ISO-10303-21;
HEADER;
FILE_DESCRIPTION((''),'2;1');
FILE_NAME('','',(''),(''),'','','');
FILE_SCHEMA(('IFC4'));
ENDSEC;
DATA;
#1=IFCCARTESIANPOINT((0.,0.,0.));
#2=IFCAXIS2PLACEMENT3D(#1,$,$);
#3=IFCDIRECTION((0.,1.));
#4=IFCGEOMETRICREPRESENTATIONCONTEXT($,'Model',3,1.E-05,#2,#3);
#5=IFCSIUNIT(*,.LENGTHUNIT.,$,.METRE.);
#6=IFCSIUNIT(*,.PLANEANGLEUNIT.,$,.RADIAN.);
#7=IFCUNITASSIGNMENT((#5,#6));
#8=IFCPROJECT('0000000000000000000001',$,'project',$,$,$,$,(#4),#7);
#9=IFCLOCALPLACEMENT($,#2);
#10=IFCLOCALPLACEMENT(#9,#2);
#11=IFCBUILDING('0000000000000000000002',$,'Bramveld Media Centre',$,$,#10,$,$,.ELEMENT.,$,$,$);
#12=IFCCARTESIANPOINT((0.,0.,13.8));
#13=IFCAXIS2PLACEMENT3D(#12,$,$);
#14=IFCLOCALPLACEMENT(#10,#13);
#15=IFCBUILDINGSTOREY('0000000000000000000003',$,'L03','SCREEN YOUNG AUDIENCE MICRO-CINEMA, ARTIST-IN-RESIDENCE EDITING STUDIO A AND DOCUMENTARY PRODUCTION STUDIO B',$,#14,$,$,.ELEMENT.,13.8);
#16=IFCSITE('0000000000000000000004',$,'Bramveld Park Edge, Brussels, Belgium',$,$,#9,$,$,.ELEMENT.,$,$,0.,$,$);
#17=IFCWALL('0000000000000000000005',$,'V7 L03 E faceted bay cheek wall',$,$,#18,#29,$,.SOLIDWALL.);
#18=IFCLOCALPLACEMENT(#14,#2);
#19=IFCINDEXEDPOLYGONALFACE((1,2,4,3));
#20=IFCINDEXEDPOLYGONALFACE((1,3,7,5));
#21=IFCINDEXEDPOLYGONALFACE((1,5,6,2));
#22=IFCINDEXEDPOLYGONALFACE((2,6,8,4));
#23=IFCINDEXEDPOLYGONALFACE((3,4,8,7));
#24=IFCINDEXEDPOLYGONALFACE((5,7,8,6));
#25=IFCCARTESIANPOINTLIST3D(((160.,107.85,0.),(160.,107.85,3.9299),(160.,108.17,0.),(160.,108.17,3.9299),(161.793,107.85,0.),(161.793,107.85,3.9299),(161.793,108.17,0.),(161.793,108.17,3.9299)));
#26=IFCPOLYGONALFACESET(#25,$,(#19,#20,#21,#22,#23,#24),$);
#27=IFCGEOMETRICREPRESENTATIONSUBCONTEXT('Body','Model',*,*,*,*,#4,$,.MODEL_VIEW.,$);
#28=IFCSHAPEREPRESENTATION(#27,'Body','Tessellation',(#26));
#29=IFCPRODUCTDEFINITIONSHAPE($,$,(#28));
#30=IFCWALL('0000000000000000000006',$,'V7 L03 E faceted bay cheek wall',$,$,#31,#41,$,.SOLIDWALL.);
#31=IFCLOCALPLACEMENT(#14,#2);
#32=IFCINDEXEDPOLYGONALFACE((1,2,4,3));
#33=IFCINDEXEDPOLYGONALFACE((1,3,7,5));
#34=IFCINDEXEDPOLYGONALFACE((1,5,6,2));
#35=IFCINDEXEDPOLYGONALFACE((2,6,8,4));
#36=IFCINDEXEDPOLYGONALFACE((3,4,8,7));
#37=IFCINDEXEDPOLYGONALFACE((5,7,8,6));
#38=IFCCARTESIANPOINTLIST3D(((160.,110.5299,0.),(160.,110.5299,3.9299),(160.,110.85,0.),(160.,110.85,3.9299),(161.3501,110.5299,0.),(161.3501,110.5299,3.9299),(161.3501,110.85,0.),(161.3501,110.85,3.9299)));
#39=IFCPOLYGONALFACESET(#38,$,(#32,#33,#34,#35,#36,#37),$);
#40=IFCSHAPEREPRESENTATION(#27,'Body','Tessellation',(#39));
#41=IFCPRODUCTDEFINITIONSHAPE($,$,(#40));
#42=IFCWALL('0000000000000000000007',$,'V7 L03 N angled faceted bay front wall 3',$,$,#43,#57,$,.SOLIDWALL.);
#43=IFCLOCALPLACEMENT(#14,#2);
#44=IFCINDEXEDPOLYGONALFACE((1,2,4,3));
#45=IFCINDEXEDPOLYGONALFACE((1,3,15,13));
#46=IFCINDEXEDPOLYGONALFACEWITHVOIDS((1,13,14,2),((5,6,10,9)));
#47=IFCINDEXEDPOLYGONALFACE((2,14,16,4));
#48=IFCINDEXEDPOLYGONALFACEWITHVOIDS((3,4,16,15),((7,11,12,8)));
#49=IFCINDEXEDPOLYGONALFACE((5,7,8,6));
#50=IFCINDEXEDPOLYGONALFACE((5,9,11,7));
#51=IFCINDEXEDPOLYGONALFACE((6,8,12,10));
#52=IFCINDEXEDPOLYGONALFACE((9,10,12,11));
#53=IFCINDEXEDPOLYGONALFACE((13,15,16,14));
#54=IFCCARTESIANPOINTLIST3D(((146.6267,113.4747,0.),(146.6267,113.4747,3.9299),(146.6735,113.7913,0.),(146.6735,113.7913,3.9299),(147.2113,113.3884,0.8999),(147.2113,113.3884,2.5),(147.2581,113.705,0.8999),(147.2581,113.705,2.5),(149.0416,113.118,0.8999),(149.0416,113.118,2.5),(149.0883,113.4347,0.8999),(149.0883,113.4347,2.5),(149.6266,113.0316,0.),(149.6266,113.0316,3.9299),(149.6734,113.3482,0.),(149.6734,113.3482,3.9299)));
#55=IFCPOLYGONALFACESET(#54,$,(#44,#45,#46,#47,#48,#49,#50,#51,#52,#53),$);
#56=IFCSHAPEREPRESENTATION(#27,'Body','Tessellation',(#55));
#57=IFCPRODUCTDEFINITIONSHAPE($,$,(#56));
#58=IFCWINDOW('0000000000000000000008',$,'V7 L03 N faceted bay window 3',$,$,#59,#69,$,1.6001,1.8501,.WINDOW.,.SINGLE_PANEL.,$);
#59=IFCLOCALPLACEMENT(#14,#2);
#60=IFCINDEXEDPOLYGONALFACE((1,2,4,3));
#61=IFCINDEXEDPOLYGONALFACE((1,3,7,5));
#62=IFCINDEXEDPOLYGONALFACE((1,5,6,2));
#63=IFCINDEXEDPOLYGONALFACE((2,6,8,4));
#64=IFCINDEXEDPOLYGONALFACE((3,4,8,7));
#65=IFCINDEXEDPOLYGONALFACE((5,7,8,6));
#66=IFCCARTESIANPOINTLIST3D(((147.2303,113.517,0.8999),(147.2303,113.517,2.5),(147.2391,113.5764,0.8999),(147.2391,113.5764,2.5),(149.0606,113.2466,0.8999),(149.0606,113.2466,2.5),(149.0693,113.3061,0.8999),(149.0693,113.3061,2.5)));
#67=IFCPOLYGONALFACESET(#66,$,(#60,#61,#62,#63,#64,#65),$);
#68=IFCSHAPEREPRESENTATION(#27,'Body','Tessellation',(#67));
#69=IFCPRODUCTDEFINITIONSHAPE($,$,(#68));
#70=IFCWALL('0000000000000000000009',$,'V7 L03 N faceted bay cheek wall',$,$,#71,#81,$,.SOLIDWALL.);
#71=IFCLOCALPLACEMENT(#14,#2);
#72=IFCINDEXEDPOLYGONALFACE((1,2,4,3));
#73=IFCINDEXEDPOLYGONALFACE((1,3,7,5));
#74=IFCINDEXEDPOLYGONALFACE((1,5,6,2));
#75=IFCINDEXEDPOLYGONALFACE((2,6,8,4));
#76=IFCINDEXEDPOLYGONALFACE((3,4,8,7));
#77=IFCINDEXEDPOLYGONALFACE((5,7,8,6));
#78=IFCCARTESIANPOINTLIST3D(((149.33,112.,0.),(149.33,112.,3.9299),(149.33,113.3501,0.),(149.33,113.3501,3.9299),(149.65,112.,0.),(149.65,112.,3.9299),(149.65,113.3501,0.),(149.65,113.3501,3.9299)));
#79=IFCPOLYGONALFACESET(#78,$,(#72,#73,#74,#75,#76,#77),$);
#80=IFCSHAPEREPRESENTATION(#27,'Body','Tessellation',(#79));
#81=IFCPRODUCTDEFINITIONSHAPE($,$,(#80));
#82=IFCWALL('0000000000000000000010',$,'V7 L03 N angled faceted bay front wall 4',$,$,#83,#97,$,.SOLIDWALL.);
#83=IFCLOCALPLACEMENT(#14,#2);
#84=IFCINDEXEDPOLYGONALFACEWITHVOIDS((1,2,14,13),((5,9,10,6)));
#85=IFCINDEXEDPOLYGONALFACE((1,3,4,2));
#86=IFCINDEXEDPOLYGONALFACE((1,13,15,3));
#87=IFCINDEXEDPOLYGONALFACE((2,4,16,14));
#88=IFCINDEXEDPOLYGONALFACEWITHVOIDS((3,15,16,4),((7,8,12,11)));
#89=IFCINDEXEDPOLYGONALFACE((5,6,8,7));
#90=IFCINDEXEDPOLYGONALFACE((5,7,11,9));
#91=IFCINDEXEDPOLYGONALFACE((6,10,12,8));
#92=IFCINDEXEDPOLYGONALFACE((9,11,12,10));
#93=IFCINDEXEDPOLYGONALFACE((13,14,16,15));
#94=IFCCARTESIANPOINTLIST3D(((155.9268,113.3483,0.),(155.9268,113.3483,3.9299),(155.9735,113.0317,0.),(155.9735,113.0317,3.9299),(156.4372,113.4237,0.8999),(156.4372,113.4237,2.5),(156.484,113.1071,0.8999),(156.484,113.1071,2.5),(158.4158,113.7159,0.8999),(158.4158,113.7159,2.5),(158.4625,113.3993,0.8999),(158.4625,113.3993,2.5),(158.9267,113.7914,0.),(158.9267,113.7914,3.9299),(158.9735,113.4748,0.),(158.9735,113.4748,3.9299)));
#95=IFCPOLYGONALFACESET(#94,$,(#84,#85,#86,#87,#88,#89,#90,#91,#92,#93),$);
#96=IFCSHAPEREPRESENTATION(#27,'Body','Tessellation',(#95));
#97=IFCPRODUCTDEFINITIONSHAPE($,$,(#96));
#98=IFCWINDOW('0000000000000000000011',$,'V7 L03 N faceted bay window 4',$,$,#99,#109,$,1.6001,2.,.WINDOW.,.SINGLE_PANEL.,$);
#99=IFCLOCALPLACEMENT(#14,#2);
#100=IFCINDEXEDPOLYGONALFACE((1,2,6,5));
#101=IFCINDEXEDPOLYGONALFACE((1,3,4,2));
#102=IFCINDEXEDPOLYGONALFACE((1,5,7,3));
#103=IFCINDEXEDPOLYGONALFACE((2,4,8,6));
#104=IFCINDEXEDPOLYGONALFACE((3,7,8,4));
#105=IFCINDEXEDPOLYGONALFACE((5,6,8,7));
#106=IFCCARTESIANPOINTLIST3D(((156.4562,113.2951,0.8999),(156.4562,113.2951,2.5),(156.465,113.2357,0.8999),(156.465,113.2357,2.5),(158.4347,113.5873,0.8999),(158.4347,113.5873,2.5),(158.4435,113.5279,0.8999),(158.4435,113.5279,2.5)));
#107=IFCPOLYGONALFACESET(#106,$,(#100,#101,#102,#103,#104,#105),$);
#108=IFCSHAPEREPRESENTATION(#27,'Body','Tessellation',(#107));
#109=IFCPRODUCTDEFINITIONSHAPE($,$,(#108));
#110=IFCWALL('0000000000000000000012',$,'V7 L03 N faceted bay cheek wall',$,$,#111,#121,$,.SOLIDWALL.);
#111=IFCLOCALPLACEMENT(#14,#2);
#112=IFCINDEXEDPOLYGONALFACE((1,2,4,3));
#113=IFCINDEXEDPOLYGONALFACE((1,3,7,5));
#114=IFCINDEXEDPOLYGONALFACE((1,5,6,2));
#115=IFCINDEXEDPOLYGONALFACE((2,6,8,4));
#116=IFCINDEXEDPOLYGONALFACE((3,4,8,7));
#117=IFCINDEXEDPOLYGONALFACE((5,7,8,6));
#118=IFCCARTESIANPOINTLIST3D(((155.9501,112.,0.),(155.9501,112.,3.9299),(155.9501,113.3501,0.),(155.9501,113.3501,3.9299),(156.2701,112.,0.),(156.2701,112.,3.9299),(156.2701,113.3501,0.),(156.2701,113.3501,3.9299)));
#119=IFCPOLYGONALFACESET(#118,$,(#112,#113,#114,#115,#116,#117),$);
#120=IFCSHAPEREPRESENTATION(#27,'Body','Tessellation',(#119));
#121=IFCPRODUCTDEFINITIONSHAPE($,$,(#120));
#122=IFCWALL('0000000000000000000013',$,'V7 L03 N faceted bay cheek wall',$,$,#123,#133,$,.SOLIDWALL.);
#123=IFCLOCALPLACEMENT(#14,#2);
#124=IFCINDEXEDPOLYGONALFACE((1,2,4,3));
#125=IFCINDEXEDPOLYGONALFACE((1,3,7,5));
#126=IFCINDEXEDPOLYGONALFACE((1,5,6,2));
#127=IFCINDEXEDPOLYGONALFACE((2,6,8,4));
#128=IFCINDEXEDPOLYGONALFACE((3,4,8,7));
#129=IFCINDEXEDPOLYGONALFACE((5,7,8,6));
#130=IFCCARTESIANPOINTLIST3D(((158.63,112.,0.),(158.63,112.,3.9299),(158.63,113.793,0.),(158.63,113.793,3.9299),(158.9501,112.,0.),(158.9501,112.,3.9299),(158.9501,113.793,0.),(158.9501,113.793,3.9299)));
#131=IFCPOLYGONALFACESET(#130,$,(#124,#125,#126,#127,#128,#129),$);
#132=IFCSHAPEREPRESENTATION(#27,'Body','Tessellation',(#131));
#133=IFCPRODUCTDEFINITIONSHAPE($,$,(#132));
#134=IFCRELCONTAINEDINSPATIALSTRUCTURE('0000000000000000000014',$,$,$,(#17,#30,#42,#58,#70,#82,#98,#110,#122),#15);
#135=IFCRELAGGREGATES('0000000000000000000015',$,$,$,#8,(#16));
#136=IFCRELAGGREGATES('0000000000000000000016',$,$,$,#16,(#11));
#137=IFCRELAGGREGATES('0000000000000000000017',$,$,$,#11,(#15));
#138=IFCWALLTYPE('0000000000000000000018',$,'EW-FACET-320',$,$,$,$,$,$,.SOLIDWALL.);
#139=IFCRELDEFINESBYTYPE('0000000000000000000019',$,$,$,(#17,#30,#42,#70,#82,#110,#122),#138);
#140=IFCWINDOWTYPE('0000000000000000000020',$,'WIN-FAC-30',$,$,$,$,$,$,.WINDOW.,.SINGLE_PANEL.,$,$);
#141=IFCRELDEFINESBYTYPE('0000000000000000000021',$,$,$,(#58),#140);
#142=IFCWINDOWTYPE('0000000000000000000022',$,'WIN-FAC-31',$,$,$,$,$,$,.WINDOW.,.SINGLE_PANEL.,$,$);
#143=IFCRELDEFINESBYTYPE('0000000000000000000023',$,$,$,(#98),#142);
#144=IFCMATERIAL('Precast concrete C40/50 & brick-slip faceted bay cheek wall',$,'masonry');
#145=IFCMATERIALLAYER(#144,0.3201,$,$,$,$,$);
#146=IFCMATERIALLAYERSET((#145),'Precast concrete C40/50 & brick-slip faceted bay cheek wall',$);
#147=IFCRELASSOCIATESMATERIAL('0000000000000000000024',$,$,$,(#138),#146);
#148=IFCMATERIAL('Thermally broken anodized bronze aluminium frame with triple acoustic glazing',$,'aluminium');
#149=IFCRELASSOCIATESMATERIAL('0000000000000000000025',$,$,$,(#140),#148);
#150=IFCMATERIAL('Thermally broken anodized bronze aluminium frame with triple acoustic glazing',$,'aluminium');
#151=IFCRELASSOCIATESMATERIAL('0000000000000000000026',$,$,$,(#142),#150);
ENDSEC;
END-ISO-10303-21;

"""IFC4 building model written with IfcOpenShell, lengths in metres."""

from ifc_helpers import new_model, si_unit, direction, frame, frame_2d, origin, place, context, subcontext, project, spatial, rectangle, extrude, material, layer, layer_set, type_object, element, fill, save


model = new_model("IFC4")

# Units and contexts
model_context = context("Model", 3, precision=1e-05, world=origin(), true_north=direction((0.0, 1.0)))
body_context = subcontext(model_context, "Body", "Model", "MODEL_VIEW")
ifc_project = project(units=[si_unit("LENGTHUNIT", "METRE"), si_unit("PLANEANGLEUNIT", "RADIAN")], contexts=[model_context])

# Site, building, storey
site_placement = place(None, origin())
site = spatial("IfcSite", under=ifc_project, at=site_placement, Name="Bramveld Park Edge, Brussels, Belgium", CompositionType="ELEMENT", RefElevation=0.0)
building_placement = place(site_placement, origin())
building = spatial("IfcBuilding", under=site, at=building_placement, Name="Bramveld Media Centre", CompositionType="ELEMENT")
storey_placement = place(building_placement, frame((0.0, 0.0, 13.8)))
storey = spatial("IfcBuildingStorey", under=building, at=storey_placement, Name="L03", Description="SCREEN YOUNG AUDIENCE MICRO-CINEMA, ARTIST-IN-RESIDENCE EDITING STUDIO A AND DOCUMENTARY PRODUCTION STUDIO B", CompositionType="ELEMENT", Elevation=13.8)

# Shared definitions
ifc_material_1 = material(Name="Precast concrete C40/50 & brick-slip faceted bay cheek wall", Category="masonry")
ifc_layer_1 = layer(ifc_material_1, 0.3201)
ifc_layer_set_1 = layer_set([ifc_layer_1], Name="Precast concrete C40/50 & brick-slip faceted bay cheek wall")
wall_type_1 = type_object("IfcWallType", Name="EW-FACET-320", PredefinedType="SOLIDWALL", material=ifc_layer_set_1)

# Walls
wall_1_placement = place(storey_placement, frame((160.0, 108.01, 0.0), z_axis=(0.0, 0.0, 1.0), x_axis=(1.0, 0.0, 0.0)))
element("IfcWall", 1, at=wall_1_placement, inside=storey, type_object=wall_type_1, Name="V7 L03 E faceted bay cheek wall", PredefinedType="SOLIDWALL", context=body_context, shape_type="SweptSolid", body=[
    extrude(rectangle(XDim=1.793, YDim=0.3201, at=frame_2d((0.8965, 0.0))), origin(), (0.0, 0.0, 1.0), 3.9299),
])
wall_2_placement = place(storey_placement, frame((160.0, 110.6899, 0.0), z_axis=(0.0, 0.0, 1.0), x_axis=(1.0, 0.0, 0.0)))
element("IfcWall", 2, at=wall_2_placement, inside=storey, type_object=wall_type_1, Name="V7 L03 E faceted bay cheek wall", PredefinedType="SOLIDWALL", context=body_context, shape_type="SweptSolid", body=[
    extrude(rectangle(XDim=1.3501, YDim=0.3201, at=frame_2d((0.675, 0.0))), origin(), (0.0, 0.0, 1.0), 3.9299),
])

# Wall, opening, window
wall_3_placement = place(storey_placement, frame((149.6499, 113.1899, 0.0), z_axis=(0.0, 0.0, 1.0), x_axis=(-0.989267, 0.14612, 0.0)))
wall_3 = element("IfcWall", 3, at=wall_3_placement, inside=storey, type_object=wall_type_1, Name="V7 L03 N angled faceted bay front wall 3", PredefinedType="SOLIDWALL", context=body_context, shape_type="SweptSolid", body=[
    extrude(rectangle(XDim=3.0325, YDim=0.3201, at=frame_2d((1.5161, 0.0))), origin(), (0.0, 0.0, 1.0), 3.9299),
])
opening_1_placement = place(wall_3_placement, frame((0.5913, 0.0, 0.8999)))
opening_1 = element("IfcOpeningElement", 4, at=opening_1_placement, cuts=wall_3, PredefinedType="OPENING", context=body_context, shape_type="SweptSolid", body=[
    extrude(rectangle(XDim=1.8501, YDim=1.6001, at=frame_2d((0.925, 0.8))), frame((0.0, 0.1719, 0.0), z_axis=(0.0, -1.0, 0.0), x_axis=(1.0, 0.0, 0.0)), (0.0, 0.0, 1.0), 0.344),
])
ifc_material_2 = material(Name="Thermally broken anodized bronze aluminium frame with triple acoustic glazing", Category="aluminium")
window_type_1 = type_object("IfcWindowType", Name="WIN-FAC-30", PartitioningType="SINGLE_PANEL", PredefinedType="WINDOW", material=ifc_material_2)
window_1_placement = place(opening_1_placement, origin())
window_1 = element("IfcWindow", 5, at=window_1_placement, inside=storey, type_object=window_type_1, Name="V7 L03 N faceted bay window 3", OverallHeight=1.6001, OverallWidth=1.8501, PartitioningType="SINGLE_PANEL", PredefinedType="WINDOW", context=body_context, shape_type="SweptSolid", body=[
    extrude(rectangle(XDim=1.8501, YDim=1.6001, at=frame_2d((0.925, 0.8))), frame((0.0, 0.03, 0.0), z_axis=(0.0, -1.0, 0.0), x_axis=(1.0, 0.0, 0.0)), (0.0, 0.0, 1.0), 0.0601),
])
fill(opening_1, window_1)

# Wall
wall_4_placement = place(storey_placement, frame((149.49, 112.0, 0.0), z_axis=(0.0, 0.0, 1.0), x_axis=(0.0, 1.0, 0.0)))
element("IfcWall", 6, at=wall_4_placement, inside=storey, type_object=wall_type_1, Name="V7 L03 N faceted bay cheek wall", PredefinedType="SOLIDWALL", context=body_context, shape_type="SweptSolid", body=[
    extrude(rectangle(XDim=1.3501, YDim=0.3201, at=frame_2d((0.675, 0.0))), origin(), (0.0, 0.0, 1.0), 3.9299),
])

# Wall, opening, window
wall_5_placement = place(storey_placement, frame((158.95, 113.6331, 0.0), z_axis=(0.0, 0.0, 1.0), x_axis=(-0.989267, -0.14612, 0.0)))
wall_5 = element("IfcWall", 7, at=wall_5_placement, inside=storey, type_object=wall_type_1, Name="V7 L03 N angled faceted bay front wall 4", PredefinedType="SOLIDWALL", context=body_context, shape_type="SweptSolid", body=[
    extrude(rectangle(XDim=3.0325, YDim=0.3201, at=frame_2d((1.5161, 0.0))), origin(), (0.0, 0.0, 1.0), 3.9299),
])
opening_2_placement = place(wall_5_placement, frame((0.5164, 0.0, 0.8999)))
opening_2 = element("IfcOpeningElement", 8, at=opening_2_placement, cuts=wall_5, PredefinedType="OPENING", context=body_context, shape_type="SweptSolid", body=[
    extrude(rectangle(XDim=2.0, YDim=1.6001, at=frame_2d((1.0, 0.8))), frame((0.0, 0.1719, 0.0), z_axis=(0.0, -1.0, 0.0), x_axis=(1.0, 0.0, 0.0)), (0.0, 0.0, 1.0), 0.344),
])
ifc_material_3 = material(Name="Thermally broken anodized bronze aluminium frame with triple acoustic glazing", Category="aluminium")
window_type_2 = type_object("IfcWindowType", Name="WIN-FAC-31", PartitioningType="SINGLE_PANEL", PredefinedType="WINDOW", material=ifc_material_3)
window_2_placement = place(opening_2_placement, origin())
window_2 = element("IfcWindow", 9, at=window_2_placement, inside=storey, type_object=window_type_2, Name="V7 L03 N faceted bay window 4", OverallHeight=1.6001, OverallWidth=2.0, PartitioningType="SINGLE_PANEL", PredefinedType="WINDOW", context=body_context, shape_type="SweptSolid", body=[
    extrude(rectangle(XDim=2.0, YDim=1.6001, at=frame_2d((1.0, 0.8))), frame((0.0, 0.03, 0.0), z_axis=(0.0, -1.0, 0.0), x_axis=(1.0, 0.0, 0.0)), (0.0, 0.0, 1.0), 0.0601),
])
fill(opening_2, window_2)

# Walls
wall_6_placement = place(storey_placement, frame((156.1101, 112.0, 0.0), z_axis=(0.0, 0.0, 1.0), x_axis=(0.0, 1.0, 0.0)))
element("IfcWall", 10, at=wall_6_placement, inside=storey, type_object=wall_type_1, Name="V7 L03 N faceted bay cheek wall", PredefinedType="SOLIDWALL", context=body_context, shape_type="SweptSolid", body=[
    extrude(rectangle(XDim=1.3501, YDim=0.3201, at=frame_2d((0.675, 0.0))), origin(), (0.0, 0.0, 1.0), 3.9299),
])
wall_7_placement = place(storey_placement, frame((158.79, 112.0, 0.0), z_axis=(0.0, 0.0, 1.0), x_axis=(0.0, 1.0, 0.0)))
element("IfcWall", 11, at=wall_7_placement, inside=storey, type_object=wall_type_1, Name="V7 L03 N faceted bay cheek wall", PredefinedType="SOLIDWALL", context=body_context, shape_type="SweptSolid", body=[
    extrude(rectangle(XDim=1.793, YDim=0.3201, at=frame_2d((0.8965, 0.0))), origin(), (0.0, 0.0, 1.0), 3.9299),
])

save(model, "model.ifc")
